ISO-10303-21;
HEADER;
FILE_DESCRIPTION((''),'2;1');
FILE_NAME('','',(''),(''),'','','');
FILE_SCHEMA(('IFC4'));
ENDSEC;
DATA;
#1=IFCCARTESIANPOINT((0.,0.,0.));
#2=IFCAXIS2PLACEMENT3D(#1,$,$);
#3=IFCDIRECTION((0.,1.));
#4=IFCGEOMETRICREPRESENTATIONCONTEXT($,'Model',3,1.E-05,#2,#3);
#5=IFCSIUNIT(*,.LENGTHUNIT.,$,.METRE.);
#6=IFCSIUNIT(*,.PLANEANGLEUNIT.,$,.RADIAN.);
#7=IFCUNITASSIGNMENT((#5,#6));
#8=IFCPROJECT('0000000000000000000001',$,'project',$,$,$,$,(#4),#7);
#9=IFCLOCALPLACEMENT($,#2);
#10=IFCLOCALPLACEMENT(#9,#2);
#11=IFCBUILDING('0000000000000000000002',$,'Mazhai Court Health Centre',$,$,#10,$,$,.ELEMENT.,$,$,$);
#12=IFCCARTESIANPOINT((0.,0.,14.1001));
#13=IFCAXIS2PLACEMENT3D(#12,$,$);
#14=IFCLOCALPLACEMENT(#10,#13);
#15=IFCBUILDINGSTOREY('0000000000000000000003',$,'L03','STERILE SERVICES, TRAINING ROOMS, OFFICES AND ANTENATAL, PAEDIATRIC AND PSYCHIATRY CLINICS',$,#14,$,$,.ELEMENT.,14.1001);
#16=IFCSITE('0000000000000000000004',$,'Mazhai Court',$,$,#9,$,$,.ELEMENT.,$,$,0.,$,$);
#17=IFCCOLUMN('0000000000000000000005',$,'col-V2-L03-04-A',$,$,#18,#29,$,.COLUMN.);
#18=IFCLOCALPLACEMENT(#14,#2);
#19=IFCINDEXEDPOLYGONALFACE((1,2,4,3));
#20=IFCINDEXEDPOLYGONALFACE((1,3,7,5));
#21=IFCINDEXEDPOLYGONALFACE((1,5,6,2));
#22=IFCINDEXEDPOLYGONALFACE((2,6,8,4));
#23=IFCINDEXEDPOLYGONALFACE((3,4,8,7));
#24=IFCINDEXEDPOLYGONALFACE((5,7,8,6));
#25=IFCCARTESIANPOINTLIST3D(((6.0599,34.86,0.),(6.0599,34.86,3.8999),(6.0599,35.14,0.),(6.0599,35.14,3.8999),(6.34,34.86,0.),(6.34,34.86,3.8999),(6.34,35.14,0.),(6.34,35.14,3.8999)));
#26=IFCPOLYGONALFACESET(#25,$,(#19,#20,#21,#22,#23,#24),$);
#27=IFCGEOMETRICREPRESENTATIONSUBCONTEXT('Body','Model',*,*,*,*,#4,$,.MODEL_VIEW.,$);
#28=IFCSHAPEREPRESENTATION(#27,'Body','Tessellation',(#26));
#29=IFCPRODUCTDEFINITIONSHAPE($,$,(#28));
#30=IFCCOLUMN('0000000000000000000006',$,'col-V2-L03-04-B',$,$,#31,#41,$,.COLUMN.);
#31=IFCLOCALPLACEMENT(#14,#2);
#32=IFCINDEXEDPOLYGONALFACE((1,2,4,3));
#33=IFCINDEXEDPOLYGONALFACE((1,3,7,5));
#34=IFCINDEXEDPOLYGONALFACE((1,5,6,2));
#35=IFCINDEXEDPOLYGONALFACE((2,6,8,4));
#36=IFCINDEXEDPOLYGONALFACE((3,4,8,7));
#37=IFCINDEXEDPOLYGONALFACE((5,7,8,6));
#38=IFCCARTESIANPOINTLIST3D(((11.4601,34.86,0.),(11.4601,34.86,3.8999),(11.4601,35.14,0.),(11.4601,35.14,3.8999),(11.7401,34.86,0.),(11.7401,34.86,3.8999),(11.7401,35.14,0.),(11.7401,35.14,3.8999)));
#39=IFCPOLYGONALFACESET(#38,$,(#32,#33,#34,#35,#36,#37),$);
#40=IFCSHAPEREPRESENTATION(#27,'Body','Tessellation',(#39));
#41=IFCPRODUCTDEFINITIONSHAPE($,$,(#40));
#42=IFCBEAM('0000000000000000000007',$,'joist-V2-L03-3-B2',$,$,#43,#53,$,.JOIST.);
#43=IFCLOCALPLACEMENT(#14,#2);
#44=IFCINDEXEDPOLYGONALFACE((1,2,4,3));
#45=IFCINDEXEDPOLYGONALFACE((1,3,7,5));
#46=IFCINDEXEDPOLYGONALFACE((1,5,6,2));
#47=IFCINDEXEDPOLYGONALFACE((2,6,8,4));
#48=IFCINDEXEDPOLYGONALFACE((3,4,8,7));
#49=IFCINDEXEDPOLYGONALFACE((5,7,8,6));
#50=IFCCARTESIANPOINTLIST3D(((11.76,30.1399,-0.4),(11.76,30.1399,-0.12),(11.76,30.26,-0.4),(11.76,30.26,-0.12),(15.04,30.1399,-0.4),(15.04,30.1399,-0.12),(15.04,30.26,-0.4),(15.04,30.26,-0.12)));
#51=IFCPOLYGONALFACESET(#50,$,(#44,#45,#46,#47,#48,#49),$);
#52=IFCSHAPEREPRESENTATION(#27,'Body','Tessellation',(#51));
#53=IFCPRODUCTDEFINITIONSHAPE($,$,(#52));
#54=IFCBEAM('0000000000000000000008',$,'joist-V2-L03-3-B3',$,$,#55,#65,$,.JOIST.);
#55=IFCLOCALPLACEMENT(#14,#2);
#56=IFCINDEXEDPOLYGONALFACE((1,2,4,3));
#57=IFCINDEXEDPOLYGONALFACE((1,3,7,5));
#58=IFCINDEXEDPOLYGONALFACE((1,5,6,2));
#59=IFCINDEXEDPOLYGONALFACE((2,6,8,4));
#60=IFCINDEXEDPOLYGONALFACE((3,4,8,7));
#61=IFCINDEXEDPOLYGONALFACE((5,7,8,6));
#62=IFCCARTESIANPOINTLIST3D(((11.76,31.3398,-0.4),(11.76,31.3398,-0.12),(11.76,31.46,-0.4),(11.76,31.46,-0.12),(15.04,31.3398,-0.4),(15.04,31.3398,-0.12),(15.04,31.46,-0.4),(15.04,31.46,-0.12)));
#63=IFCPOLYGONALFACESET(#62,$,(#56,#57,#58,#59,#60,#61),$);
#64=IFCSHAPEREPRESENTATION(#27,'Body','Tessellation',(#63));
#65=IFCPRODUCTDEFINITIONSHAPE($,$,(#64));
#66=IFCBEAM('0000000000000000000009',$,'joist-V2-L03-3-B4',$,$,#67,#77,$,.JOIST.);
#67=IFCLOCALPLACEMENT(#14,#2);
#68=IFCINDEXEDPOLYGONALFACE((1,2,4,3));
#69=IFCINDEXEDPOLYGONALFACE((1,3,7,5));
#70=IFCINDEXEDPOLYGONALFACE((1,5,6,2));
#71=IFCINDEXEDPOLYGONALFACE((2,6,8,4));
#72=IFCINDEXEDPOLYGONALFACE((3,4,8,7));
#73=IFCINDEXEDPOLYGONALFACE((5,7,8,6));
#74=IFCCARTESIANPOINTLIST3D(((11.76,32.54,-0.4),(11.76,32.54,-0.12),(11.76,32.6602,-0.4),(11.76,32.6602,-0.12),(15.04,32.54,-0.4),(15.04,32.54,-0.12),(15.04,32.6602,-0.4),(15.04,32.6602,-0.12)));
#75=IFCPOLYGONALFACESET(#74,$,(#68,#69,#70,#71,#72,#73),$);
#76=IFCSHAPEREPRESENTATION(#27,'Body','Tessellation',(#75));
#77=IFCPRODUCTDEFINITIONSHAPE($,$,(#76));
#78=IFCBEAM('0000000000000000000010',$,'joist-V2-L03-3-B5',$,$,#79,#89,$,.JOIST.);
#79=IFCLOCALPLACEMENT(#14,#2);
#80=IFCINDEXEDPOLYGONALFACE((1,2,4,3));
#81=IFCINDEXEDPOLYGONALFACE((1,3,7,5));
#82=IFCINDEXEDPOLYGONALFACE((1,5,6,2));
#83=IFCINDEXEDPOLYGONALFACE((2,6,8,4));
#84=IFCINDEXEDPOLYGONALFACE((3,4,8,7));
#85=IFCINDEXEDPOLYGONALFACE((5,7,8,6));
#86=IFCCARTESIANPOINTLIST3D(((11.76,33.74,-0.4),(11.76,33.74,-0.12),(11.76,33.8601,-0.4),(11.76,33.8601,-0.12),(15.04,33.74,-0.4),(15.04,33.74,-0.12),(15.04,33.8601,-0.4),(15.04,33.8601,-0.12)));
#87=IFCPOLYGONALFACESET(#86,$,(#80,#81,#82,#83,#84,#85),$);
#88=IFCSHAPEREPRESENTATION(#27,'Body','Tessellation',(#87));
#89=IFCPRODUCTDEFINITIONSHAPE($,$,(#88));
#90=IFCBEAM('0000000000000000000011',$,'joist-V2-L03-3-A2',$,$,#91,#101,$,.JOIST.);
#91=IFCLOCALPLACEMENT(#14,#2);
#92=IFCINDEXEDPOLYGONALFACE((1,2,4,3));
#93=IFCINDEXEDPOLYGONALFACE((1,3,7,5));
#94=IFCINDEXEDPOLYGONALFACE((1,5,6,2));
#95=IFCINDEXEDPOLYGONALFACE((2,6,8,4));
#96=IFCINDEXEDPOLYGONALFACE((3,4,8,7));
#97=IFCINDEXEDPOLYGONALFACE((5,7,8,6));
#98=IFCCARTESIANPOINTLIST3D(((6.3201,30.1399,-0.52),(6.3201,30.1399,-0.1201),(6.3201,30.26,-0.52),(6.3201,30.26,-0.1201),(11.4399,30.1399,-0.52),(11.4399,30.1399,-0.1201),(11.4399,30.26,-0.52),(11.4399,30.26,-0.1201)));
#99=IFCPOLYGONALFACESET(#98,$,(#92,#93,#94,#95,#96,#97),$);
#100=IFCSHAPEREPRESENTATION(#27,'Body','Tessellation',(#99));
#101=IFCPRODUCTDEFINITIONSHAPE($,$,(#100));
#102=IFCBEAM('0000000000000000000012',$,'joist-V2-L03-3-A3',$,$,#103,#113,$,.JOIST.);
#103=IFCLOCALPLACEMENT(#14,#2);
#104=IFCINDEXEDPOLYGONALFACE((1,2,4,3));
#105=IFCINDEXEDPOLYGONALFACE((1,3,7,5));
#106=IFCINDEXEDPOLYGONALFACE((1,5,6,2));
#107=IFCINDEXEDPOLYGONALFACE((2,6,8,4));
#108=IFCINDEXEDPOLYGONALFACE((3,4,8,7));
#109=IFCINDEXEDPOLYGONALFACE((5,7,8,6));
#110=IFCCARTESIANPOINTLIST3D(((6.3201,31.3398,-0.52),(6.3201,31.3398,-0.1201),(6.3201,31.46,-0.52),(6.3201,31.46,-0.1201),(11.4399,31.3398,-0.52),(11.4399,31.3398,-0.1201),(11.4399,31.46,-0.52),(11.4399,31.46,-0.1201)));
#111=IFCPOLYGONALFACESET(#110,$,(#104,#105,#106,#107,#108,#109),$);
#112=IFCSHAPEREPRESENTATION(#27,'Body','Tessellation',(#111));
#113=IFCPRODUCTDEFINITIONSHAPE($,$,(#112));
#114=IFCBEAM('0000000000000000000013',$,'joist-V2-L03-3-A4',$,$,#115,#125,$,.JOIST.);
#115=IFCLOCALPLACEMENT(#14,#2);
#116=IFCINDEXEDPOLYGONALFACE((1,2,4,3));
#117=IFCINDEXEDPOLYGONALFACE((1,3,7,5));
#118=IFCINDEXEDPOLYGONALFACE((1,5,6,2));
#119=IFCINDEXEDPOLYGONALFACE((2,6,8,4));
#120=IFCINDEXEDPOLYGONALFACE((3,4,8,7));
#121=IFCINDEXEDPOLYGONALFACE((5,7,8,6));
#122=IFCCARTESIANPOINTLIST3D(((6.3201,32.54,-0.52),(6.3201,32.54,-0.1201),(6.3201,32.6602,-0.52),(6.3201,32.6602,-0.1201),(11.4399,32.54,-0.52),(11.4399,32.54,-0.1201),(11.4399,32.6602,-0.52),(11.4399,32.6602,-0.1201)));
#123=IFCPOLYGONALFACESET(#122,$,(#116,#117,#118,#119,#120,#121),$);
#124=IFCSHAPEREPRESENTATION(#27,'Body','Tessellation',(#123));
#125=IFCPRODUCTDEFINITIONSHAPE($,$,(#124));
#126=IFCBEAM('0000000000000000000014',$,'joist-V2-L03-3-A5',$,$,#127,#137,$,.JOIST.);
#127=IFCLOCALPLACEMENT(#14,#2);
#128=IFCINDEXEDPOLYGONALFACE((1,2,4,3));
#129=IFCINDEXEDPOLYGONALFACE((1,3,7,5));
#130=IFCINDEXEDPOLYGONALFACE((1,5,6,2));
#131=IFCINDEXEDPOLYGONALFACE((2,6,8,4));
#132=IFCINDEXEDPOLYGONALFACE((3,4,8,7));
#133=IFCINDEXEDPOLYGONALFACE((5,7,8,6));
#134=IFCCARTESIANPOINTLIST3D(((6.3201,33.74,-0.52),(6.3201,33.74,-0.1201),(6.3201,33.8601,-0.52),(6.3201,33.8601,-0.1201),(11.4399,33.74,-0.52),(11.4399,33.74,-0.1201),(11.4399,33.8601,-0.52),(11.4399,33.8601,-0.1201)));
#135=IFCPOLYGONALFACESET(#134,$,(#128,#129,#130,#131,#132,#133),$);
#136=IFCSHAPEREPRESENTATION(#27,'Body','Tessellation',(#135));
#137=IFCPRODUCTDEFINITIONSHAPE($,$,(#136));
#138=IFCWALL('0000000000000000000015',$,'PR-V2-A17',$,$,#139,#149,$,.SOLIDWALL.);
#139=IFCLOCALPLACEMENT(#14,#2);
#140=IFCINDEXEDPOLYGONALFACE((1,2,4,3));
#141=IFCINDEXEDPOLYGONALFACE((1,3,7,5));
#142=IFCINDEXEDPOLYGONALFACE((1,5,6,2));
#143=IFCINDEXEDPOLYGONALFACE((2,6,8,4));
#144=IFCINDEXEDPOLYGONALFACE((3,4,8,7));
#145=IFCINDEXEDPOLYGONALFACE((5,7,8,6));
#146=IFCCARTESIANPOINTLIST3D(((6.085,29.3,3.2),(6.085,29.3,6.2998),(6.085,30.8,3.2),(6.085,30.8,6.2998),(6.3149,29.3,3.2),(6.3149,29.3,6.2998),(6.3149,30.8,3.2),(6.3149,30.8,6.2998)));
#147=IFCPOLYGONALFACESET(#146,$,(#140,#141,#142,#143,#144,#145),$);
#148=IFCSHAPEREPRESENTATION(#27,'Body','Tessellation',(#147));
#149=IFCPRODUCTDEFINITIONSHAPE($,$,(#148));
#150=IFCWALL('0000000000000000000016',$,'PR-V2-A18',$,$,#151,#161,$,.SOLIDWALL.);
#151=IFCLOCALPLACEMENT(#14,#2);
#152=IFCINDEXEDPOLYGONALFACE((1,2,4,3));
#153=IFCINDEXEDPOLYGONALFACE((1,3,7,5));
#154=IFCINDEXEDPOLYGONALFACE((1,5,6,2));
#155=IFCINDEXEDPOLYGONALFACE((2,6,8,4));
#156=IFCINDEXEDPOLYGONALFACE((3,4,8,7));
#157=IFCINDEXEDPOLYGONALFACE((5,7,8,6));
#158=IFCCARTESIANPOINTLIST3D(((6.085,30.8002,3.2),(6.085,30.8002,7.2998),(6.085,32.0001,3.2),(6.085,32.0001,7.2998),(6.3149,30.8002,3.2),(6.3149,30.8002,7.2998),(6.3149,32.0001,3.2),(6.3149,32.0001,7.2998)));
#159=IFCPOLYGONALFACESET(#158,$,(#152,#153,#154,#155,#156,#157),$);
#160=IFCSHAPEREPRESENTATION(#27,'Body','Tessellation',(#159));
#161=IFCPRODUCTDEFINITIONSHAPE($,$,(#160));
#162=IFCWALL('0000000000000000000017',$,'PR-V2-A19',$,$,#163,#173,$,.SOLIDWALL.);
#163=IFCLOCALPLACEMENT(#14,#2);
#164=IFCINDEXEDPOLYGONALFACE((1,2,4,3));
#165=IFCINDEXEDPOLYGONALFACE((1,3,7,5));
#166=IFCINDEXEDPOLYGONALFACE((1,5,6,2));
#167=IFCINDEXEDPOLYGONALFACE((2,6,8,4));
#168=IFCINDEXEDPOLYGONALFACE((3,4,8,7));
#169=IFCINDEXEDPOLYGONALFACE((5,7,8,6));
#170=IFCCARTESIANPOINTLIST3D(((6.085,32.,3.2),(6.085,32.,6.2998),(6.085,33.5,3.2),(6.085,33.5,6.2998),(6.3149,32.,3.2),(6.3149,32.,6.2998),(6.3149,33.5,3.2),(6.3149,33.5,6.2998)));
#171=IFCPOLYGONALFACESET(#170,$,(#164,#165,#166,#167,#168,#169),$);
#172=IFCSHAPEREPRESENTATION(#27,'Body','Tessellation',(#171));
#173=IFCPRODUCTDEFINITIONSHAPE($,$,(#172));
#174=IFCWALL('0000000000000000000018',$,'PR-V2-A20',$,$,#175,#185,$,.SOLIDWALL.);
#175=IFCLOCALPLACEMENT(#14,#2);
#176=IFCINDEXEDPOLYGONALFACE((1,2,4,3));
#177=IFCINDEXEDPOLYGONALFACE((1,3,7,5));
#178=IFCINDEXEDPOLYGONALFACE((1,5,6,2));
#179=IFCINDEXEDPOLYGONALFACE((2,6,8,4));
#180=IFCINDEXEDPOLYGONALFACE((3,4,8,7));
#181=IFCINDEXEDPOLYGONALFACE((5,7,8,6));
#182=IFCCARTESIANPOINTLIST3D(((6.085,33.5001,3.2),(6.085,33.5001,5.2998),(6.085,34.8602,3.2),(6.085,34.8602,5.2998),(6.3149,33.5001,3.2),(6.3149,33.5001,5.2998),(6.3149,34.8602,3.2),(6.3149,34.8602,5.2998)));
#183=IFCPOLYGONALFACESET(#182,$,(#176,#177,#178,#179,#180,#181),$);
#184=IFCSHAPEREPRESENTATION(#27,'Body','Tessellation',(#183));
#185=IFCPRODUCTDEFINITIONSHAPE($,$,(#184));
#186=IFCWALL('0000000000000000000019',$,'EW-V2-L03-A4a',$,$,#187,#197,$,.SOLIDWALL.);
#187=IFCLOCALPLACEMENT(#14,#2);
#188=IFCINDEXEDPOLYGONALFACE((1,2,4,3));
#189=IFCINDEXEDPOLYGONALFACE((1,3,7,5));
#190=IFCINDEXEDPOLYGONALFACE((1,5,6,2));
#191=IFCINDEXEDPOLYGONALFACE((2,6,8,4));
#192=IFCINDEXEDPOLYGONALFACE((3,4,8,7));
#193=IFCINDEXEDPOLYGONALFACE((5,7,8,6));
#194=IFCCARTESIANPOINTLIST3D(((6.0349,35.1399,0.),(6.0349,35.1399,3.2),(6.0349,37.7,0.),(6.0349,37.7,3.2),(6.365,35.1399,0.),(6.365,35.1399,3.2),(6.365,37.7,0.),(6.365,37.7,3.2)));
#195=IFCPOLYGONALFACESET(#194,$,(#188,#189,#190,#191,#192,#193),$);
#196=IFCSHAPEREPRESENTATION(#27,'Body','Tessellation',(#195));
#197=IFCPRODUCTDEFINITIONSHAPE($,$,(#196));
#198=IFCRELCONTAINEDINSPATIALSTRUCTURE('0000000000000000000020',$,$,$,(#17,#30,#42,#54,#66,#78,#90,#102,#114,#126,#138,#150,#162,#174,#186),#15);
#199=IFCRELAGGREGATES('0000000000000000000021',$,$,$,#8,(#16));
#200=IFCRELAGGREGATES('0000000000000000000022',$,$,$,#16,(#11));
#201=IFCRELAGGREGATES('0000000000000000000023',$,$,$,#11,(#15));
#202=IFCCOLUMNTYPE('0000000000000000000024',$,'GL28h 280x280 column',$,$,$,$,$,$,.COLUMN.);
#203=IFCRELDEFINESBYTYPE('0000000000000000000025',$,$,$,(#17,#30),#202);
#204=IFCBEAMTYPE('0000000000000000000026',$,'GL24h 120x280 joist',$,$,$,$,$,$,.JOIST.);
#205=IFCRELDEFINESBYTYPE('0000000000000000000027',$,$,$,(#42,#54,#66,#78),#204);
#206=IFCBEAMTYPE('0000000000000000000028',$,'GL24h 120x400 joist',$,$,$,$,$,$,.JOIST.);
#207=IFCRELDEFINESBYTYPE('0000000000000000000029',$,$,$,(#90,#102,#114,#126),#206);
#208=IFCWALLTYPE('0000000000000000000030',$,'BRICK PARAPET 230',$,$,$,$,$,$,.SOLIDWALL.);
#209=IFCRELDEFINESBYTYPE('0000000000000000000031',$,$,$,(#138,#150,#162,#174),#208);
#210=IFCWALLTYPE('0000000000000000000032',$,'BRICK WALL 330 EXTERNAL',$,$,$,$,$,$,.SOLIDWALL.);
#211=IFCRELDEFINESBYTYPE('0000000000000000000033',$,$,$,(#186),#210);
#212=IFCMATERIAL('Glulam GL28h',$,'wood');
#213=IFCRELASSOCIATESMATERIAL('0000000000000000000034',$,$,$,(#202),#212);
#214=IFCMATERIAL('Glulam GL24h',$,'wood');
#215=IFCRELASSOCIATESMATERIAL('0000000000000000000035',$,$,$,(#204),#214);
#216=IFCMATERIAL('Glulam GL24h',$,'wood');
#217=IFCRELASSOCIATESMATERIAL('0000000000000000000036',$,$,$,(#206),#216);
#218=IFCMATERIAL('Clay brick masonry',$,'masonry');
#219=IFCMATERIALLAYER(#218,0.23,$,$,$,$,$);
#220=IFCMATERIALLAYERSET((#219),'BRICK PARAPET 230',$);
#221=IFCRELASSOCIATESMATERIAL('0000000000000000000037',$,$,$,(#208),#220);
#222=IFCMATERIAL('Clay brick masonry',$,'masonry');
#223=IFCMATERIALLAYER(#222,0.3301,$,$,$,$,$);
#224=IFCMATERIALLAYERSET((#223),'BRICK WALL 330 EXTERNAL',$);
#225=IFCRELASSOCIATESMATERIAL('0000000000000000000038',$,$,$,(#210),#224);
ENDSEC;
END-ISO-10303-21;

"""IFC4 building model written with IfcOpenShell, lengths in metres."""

from ifc_helpers import new_model, si_unit, direction, frame, frame_2d, origin, origin_2d, place, context, subcontext, project, spatial, rectangle, extrude, material, layer, layer_set, material_profile, profile_set, type_object, element, save


model = new_model("IFC4")

# Units and contexts
model_context = context("Model", 3, precision=1e-05, world=origin(), true_north=direction((0.0, 1.0)))
body_context = subcontext(model_context, "Body", "Model", "MODEL_VIEW")
ifc_project = project(units=[si_unit("LENGTHUNIT", "METRE"), si_unit("PLANEANGLEUNIT", "RADIAN")], contexts=[model_context])

# Site, building, storey
site_placement = place(None, origin())
site = spatial("IfcSite", under=ifc_project, at=site_placement, Name="Mazhai Court", CompositionType="ELEMENT", RefElevation=0.0)
building_placement = place(site_placement, origin())
building = spatial("IfcBuilding", under=site, at=building_placement, Name="Mazhai Court Health Centre", CompositionType="ELEMENT")
storey_placement = place(building_placement, frame((0.0, 0.0, 14.1001)))
storey = spatial("IfcBuildingStorey", under=building, at=storey_placement, Name="L03", Description="STERILE SERVICES, TRAINING ROOMS, OFFICES AND ANTENATAL, PAEDIATRIC AND PSYCHIATRY CLINICS", CompositionType="ELEMENT", Elevation=14.1001)

# Columns
ifc_material_1 = material(Name="Glulam GL28h", Category="wood")
ifc_material_profile_1 = material_profile(ifc_material_1, rectangle(XDim=0.28, YDim=0.28, at=origin_2d()), Name="GL28h 280x280")
ifc_profile_set_1 = profile_set([ifc_material_profile_1], Name="Glulam GL28h")
column_type = type_object("IfcColumnType", Name="GL28h 280x280 column", PredefinedType="COLUMN", material=ifc_profile_set_1)
for number, where, z_axis, x_axis, name in (
    (1, (6.2, 35.0, 0.0), (0.0, 0.0, 1.0), (1.0, 0.0, 0.0), "col-V2-L03-04-A"),
    (2, (11.6001, 35.0, 0.0), (0.0, 0.0, 1.0), (1.0, 0.0, 0.0), "col-V2-L03-04-B"),
):
    element("IfcColumn", number, at=place(storey_placement, frame(where, z_axis=z_axis, x_axis=x_axis)), inside=storey, type_object=column_type, Name=name, PredefinedType="COLUMN", context=body_context, shape_type="SweptSolid", body=[
        extrude(rectangle(XDim=0.28, YDim=0.28, at=origin_2d()), origin(), (0.0, 0.0, 1.0), 3.8999),
    ])

# Beams
ifc_material_2 = material(Name="Glulam GL24h", Category="wood")
ifc_material_profile_2 = material_profile(ifc_material_2, rectangle(XDim=0.1201, YDim=0.28, at=origin_2d()), Name="GL24h 120x280")
ifc_profile_set_2 = profile_set([ifc_material_profile_2], Name="Glulam GL24h")
beam_type_1 = type_object("IfcBeamType", Name="GL24h 120x280 joist", PredefinedType="JOIST", material=ifc_profile_set_2)
for number, where, z_axis, x_axis, name in (
    (3, (11.76, 30.2, -0.26), (1.0, 0.0, 0.0), (0.0, 1.0, 0.0), "joist-V2-L03-3-B2"),
    (4, (11.76, 31.3999, -0.26), (1.0, 0.0, 0.0), (0.0, 1.0, 0.0), "joist-V2-L03-3-B3"),
    (5, (11.76, 32.6001, -0.26), (1.0, 0.0, 0.0), (0.0, 1.0, 0.0), "joist-V2-L03-3-B4"),
    (6, (11.76, 33.8, -0.26), (1.0, 0.0, 0.0), (0.0, 1.0, 0.0), "joist-V2-L03-3-B5"),
):
    element("IfcBeam", number, at=place(storey_placement, frame(where, z_axis=z_axis, x_axis=x_axis)), inside=storey, type_object=beam_type_1, Name=name, PredefinedType="JOIST", context=body_context, shape_type="SweptSolid", body=[
        extrude(rectangle(XDim=0.1201, YDim=0.28, at=origin_2d()), origin(), (0.0, 0.0, 1.0), 3.28),
    ])
ifc_material_3 = material(Name="Glulam GL24h", Category="wood")
ifc_material_profile_3 = material_profile(ifc_material_3, rectangle(XDim=0.1201, YDim=0.3999, at=origin_2d()), Name="GL24h 120x400")
ifc_profile_set_3 = profile_set([ifc_material_profile_3], Name="Glulam GL24h")
beam_type_2 = type_object("IfcBeamType", Name="GL24h 120x400 joist", PredefinedType="JOIST", material=ifc_profile_set_3)
for number, where, z_axis, x_axis, name in (
    (7, (6.3201, 30.2, -0.3201), (1.0, 0.0, 0.0), (0.0, 1.0, 0.0), "joist-V2-L03-3-A2"),
    (8, (6.3201, 31.3999, -0.3201), (1.0, 0.0, 0.0), (0.0, 1.0, 0.0), "joist-V2-L03-3-A3"),
    (9, (6.3201, 32.6001, -0.3201), (1.0, 0.0, 0.0), (0.0, 1.0, 0.0), "joist-V2-L03-3-A4"),
    (10, (6.3201, 33.8, -0.3201), (1.0, 0.0, 0.0), (0.0, 1.0, 0.0), "joist-V2-L03-3-A5"),
):
    element("IfcBeam", number, at=place(storey_placement, frame(where, z_axis=z_axis, x_axis=x_axis)), inside=storey, type_object=beam_type_2, Name=name, PredefinedType="JOIST", context=body_context, shape_type="SweptSolid", body=[
        extrude(rectangle(XDim=0.1201, YDim=0.3999, at=origin_2d()), origin(), (0.0, 0.0, 1.0), 5.1199),
    ])

# Walls
ifc_material_4 = material(Name="Clay brick masonry", Category="masonry")
ifc_layer_1 = layer(ifc_material_4, 0.23)
ifc_layer_set_1 = layer_set([ifc_layer_1], Name="BRICK PARAPET 230")
wall_type_1 = type_object("IfcWallType", Name="BRICK PARAPET 230", PredefinedType="SOLIDWALL", material=ifc_layer_set_1)
wall_1_placement = place(storey_placement, frame((6.2, 29.3, 3.2), z_axis=(0.0, 0.0, 1.0), x_axis=(0.0, 1.0, 0.0)))
element("IfcWall", 11, at=wall_1_placement, inside=storey, type_object=wall_type_1, Name="PR-V2-A17", PredefinedType="SOLIDWALL", context=body_context, shape_type="SweptSolid", body=[
    extrude(rectangle(XDim=1.5, YDim=0.23, at=frame_2d((0.75, 0.0))), origin(), (0.0, 0.0, 1.0), 3.0999),
])
wall_2_placement = place(storey_placement, frame((6.2, 30.8, 3.2), z_axis=(0.0, 0.0, 1.0), x_axis=(0.0, 1.0, 0.0)))
element("IfcWall", 12, at=wall_2_placement, inside=storey, type_object=wall_type_1, Name="PR-V2-A18", PredefinedType="SOLIDWALL", context=body_context, shape_type="SweptSolid", body=[
    extrude(rectangle(XDim=1.2, YDim=0.23, at=frame_2d((0.6001, 0.0))), origin(), (0.0, 0.0, 1.0), 4.0999),
])
wall_3_placement = place(storey_placement, frame((6.2, 32.0, 3.2), z_axis=(0.0, 0.0, 1.0), x_axis=(0.0, 1.0, 0.0)))
element("IfcWall", 13, at=wall_3_placement, inside=storey, type_object=wall_type_1, Name="PR-V2-A19", PredefinedType="SOLIDWALL", context=body_context, shape_type="SweptSolid", body=[
    extrude(rectangle(XDim=1.5, YDim=0.23, at=frame_2d((0.75, 0.0))), origin(), (0.0, 0.0, 1.0), 3.0999),
])
wall_4_placement = place(storey_placement, frame((6.2, 33.5, 3.2), z_axis=(0.0, 0.0, 1.0), x_axis=(0.0, 1.0, 0.0)))
element("IfcWall", 14, at=wall_4_placement, inside=storey, type_object=wall_type_1, Name="PR-V2-A20", PredefinedType="SOLIDWALL", context=body_context, shape_type="SweptSolid", body=[
    extrude(rectangle(XDim=1.3601, YDim=0.23, at=frame_2d((0.6802, 0.0))), origin(), (0.0, 0.0, 1.0), 2.0999),
])
ifc_material_5 = material(Name="Clay brick masonry", Category="masonry")
ifc_layer_2 = layer(ifc_material_5, 0.3301)
ifc_layer_set_2 = layer_set([ifc_layer_2], Name="BRICK WALL 330 EXTERNAL")
wall_type_2 = type_object("IfcWallType", Name="BRICK WALL 330 EXTERNAL", PredefinedType="SOLIDWALL", material=ifc_layer_set_2)
wall_5_placement = place(storey_placement, frame((6.2, 35.1399, 0.0), z_axis=(0.0, 0.0, 1.0), x_axis=(0.0, 1.0, 0.0)))
element("IfcWall", 15, at=wall_5_placement, inside=storey, type_object=wall_type_2, Name="EW-V2-L03-A4a", PredefinedType="SOLIDWALL", context=body_context, shape_type="SweptSolid", body=[
    extrude(rectangle(XDim=2.5601, YDim=0.3301, at=frame_2d((1.28, 0.0))), origin(), (0.0, 0.0, 1.0), 3.2),
])

save(model, "model.ifc")
